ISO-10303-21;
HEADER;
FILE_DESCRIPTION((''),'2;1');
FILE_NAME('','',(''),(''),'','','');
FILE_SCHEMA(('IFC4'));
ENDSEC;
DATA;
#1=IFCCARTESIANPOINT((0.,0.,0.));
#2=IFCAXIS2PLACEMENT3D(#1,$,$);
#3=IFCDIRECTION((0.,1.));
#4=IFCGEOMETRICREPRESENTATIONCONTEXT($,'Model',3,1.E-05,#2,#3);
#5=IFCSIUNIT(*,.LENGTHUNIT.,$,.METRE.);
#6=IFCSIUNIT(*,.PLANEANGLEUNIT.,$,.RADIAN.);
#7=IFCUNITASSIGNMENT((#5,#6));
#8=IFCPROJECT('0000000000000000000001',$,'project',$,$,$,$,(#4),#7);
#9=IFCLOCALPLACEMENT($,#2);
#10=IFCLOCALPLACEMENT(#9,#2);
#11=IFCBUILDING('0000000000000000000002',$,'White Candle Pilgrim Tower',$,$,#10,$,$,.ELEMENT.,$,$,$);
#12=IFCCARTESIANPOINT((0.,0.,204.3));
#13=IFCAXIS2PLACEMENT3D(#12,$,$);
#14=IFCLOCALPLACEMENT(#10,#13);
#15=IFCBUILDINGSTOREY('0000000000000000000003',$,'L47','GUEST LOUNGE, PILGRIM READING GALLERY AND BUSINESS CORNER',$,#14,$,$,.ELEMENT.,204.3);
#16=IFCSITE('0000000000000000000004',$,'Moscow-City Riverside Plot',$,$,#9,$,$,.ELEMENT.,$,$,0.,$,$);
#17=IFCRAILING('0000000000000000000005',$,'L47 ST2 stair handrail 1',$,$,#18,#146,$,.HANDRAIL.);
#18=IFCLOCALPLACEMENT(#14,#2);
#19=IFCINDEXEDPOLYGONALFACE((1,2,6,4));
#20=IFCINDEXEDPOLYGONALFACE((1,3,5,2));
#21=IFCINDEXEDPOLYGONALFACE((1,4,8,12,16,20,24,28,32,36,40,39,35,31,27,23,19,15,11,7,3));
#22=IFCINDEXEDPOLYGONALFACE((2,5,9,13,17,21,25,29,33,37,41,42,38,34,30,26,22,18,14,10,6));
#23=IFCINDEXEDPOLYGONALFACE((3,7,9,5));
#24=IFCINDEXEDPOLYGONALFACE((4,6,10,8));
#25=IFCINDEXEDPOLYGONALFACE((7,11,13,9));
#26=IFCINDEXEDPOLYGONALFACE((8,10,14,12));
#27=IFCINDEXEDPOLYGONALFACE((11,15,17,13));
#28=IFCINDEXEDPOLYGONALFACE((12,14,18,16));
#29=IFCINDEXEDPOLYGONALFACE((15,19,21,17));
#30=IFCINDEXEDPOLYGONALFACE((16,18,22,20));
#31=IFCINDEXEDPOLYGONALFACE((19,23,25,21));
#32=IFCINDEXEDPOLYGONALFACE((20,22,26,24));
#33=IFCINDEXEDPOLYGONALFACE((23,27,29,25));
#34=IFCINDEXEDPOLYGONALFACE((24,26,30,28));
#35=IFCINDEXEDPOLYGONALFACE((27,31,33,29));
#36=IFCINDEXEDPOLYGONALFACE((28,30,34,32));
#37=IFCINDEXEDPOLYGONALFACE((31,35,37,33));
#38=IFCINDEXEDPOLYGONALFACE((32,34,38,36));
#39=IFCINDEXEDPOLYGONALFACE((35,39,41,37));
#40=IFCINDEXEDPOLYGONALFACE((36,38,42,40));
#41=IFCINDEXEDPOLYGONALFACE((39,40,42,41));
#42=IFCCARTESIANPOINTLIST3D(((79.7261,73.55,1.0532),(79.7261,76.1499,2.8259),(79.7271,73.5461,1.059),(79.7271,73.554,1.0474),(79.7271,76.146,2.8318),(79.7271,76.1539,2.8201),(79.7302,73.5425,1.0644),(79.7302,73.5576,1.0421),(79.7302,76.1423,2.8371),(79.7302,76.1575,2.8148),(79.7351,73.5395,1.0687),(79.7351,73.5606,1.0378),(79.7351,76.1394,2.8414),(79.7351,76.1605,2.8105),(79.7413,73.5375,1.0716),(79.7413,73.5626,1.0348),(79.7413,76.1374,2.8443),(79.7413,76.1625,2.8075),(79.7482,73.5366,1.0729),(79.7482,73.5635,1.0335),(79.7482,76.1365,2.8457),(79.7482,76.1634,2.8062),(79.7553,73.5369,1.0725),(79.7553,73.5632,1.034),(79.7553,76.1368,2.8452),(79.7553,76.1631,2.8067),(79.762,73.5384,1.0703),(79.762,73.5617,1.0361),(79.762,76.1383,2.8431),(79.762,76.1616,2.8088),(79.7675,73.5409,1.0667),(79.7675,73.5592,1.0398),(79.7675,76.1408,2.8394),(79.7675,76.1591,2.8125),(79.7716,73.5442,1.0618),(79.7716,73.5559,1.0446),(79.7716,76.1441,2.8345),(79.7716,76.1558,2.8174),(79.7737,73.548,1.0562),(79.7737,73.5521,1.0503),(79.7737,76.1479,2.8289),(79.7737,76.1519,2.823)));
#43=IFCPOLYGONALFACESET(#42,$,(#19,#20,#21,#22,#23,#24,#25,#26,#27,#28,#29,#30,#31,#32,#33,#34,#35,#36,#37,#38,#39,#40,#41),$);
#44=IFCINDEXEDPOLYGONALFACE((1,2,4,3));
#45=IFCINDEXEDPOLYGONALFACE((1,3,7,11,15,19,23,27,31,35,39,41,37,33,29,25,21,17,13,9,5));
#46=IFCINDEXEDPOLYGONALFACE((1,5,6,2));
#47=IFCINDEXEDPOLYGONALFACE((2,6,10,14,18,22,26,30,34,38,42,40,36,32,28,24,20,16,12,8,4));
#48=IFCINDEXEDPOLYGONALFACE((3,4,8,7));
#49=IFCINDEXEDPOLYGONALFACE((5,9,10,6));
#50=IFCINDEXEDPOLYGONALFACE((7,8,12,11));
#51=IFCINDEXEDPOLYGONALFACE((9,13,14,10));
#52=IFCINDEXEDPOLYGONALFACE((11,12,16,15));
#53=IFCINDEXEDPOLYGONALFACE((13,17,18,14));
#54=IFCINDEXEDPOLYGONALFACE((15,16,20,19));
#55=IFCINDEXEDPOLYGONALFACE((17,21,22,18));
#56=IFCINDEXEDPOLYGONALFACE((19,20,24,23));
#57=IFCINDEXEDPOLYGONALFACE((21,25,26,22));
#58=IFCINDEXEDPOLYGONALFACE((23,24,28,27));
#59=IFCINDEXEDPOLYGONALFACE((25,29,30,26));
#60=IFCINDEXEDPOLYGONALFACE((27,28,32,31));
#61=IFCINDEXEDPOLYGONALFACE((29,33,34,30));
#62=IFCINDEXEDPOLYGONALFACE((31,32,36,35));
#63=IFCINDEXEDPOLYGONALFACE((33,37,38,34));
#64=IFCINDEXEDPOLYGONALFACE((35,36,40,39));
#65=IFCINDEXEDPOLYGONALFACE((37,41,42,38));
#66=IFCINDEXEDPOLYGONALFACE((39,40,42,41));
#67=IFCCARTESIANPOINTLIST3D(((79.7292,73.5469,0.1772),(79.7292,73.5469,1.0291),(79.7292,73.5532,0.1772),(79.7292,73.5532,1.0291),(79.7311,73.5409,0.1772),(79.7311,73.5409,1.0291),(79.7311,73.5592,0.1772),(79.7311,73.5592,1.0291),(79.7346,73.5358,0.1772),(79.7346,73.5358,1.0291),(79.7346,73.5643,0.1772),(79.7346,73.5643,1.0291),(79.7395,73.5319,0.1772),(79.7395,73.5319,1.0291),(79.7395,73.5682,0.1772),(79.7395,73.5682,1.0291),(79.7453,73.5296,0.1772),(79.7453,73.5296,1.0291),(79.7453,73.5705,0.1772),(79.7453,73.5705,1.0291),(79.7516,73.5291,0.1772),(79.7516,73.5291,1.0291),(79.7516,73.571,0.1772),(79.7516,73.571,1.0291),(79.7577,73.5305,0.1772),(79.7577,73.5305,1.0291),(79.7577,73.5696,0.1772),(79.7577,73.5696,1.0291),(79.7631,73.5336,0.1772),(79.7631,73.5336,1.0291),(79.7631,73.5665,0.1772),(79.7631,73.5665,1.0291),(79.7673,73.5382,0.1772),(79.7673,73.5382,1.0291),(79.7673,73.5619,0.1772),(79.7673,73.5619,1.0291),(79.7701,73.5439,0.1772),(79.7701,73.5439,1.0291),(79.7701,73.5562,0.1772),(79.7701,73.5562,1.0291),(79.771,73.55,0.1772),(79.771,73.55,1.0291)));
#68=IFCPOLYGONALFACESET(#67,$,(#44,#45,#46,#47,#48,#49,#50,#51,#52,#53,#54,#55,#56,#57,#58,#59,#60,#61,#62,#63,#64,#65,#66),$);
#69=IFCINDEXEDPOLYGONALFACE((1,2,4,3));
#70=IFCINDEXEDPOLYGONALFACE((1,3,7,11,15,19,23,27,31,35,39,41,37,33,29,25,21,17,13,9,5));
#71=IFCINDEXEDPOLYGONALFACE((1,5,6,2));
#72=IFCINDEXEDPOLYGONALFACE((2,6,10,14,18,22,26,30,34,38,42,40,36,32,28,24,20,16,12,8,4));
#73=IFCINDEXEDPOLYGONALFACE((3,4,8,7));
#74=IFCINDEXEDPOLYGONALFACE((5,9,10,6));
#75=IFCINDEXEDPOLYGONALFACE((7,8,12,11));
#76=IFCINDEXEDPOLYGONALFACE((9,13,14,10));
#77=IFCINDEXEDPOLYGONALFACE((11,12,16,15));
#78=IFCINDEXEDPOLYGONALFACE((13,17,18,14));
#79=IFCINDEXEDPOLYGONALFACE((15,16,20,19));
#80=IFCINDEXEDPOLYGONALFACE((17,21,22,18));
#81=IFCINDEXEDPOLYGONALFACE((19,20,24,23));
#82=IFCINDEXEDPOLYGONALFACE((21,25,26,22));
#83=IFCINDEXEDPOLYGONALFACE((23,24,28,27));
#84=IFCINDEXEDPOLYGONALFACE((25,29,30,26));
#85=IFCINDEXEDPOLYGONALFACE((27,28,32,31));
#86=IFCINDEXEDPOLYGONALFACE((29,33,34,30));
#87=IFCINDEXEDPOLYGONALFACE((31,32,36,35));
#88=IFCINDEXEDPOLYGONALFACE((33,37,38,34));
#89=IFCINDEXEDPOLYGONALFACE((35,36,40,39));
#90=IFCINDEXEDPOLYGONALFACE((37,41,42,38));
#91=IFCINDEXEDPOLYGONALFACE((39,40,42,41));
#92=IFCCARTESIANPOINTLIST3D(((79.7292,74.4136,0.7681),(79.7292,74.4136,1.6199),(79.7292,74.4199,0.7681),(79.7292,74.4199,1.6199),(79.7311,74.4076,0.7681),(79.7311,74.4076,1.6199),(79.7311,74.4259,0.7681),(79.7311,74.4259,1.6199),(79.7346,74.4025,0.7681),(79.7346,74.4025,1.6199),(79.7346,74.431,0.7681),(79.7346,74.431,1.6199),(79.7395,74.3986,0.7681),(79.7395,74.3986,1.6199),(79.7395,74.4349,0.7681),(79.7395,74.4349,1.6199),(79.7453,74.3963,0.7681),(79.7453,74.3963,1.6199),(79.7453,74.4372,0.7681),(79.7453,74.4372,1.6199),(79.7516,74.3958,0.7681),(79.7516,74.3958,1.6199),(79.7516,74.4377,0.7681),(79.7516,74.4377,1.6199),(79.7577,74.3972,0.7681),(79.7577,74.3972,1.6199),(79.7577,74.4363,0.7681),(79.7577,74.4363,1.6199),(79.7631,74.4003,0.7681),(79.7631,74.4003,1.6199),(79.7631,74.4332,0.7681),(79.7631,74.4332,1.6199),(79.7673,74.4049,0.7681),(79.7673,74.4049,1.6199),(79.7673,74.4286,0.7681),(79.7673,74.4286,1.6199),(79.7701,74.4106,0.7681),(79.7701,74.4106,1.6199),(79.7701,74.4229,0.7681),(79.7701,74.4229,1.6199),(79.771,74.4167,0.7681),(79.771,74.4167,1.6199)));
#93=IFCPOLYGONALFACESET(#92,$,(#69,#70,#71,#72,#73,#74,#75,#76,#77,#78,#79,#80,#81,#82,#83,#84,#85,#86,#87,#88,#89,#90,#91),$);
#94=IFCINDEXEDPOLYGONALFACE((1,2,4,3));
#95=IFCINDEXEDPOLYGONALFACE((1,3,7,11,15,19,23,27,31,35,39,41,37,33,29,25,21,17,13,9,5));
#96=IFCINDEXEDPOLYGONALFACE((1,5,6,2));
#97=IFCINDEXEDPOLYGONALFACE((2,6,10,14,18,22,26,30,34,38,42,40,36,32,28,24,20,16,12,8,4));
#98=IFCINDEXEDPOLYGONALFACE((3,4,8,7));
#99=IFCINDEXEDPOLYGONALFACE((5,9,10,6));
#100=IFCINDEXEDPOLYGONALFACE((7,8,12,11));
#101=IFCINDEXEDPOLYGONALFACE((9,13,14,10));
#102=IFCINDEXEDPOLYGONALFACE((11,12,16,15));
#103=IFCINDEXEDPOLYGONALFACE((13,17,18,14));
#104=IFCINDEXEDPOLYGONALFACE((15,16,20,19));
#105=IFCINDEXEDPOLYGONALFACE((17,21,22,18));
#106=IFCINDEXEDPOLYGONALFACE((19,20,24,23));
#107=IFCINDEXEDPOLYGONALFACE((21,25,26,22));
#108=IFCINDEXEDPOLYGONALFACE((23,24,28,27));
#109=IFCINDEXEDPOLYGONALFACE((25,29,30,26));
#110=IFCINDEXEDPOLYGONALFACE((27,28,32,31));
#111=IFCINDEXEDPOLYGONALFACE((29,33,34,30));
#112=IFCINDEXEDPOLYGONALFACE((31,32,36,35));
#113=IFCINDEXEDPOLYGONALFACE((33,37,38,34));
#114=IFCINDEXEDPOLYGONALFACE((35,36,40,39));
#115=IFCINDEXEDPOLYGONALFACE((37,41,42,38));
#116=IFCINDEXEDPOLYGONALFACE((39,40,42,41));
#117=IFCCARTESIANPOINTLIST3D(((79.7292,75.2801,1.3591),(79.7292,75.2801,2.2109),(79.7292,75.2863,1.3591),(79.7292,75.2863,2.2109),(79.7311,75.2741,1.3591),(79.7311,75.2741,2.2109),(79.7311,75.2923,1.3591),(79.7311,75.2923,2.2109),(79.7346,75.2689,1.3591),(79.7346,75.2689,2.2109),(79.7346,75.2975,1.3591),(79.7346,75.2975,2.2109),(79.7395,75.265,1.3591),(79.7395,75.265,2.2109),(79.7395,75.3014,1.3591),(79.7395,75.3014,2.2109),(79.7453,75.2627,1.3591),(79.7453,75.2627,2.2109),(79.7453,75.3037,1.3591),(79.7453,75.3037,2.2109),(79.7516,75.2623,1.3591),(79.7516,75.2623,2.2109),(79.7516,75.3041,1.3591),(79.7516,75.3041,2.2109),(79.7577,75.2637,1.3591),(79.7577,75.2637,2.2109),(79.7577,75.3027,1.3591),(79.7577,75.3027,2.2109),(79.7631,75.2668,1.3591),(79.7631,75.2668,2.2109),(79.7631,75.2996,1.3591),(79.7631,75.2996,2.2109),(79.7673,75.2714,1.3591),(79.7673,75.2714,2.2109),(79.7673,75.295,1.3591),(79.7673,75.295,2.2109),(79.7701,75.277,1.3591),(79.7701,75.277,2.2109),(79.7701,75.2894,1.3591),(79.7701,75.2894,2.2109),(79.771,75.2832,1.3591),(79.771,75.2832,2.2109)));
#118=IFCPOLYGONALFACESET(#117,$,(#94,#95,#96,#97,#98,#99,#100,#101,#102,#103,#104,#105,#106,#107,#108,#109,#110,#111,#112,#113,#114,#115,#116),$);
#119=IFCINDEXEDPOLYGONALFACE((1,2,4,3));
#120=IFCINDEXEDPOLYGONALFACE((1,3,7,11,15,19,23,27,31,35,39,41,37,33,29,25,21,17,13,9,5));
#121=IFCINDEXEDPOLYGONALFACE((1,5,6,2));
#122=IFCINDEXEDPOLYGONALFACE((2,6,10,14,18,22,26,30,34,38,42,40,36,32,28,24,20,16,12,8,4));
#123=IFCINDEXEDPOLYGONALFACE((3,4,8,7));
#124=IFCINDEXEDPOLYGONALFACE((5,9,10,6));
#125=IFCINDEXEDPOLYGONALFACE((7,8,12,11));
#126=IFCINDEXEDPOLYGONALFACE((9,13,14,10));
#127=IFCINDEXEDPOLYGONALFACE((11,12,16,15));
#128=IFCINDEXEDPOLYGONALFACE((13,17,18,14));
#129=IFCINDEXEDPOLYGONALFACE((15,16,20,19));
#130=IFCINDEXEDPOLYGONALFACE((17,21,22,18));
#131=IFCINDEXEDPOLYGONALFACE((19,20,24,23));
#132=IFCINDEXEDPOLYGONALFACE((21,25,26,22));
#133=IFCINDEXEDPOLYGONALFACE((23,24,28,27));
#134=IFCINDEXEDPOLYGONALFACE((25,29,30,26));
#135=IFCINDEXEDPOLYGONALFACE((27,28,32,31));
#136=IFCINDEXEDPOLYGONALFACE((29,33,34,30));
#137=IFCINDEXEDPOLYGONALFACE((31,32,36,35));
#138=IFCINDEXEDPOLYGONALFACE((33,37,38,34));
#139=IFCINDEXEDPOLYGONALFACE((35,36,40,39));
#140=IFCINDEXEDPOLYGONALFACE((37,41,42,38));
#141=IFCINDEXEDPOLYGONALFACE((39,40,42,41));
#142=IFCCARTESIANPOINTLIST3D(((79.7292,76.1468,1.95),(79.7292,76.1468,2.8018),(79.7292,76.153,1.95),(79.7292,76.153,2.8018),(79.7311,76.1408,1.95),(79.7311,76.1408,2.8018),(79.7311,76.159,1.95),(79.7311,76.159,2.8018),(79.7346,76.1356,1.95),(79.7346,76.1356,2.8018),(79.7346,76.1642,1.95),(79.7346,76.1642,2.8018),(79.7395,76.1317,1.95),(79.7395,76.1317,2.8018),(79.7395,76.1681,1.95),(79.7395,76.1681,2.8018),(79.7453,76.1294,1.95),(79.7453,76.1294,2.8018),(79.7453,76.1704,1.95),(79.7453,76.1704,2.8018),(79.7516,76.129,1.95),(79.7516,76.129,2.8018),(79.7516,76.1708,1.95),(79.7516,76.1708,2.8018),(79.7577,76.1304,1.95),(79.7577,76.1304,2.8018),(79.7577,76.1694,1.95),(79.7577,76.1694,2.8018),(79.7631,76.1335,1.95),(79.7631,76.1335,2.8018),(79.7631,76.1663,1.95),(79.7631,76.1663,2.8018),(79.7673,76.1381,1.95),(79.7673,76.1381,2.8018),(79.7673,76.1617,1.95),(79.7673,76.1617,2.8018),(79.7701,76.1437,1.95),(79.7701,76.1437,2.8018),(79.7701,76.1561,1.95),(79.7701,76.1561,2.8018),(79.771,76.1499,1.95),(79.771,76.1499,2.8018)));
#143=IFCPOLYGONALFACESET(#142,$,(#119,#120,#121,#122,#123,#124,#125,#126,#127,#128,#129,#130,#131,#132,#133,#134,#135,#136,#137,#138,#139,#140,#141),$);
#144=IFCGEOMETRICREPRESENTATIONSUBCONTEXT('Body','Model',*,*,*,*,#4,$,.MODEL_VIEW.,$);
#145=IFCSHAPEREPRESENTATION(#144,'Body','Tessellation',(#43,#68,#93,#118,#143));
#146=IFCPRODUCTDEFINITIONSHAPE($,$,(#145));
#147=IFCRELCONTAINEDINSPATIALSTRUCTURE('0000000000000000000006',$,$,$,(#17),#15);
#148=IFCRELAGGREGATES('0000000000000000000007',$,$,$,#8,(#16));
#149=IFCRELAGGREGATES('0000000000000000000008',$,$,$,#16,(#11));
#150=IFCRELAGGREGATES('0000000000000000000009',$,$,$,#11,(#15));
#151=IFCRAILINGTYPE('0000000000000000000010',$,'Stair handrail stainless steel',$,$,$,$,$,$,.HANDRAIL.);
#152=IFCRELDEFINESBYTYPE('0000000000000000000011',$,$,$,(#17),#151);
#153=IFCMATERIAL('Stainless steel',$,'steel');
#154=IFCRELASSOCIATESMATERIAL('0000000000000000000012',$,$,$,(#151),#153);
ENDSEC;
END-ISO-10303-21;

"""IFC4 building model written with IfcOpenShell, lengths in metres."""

from ifc_helpers import new_model, si_unit, direction, frame, origin, origin_2d, place, context, subcontext, project, spatial, circle, extrude, material, type_object, element, save


model = new_model("IFC4")

# Units and contexts
model_context = context("Model", 3, precision=1e-05, world=origin(), true_north=direction((0.0, 1.0)))
body_context = subcontext(model_context, "Body", "Model", "MODEL_VIEW")
ifc_project = project(units=[si_unit("LENGTHUNIT", "METRE"), si_unit("PLANEANGLEUNIT", "RADIAN")], contexts=[model_context])

# Site, building, storey
site_placement = place(None, origin())
site = spatial("IfcSite", under=ifc_project, at=site_placement, Name="Moscow-City Riverside Plot", CompositionType="ELEMENT", RefElevation=0.0)
building_placement = place(site_placement, origin())
building = spatial("IfcBuilding", under=site, at=building_placement, Name="White Candle Pilgrim Tower", CompositionType="ELEMENT")
storey_placement = place(building_placement, frame((0.0, 0.0, 204.3)))
storey = spatial("IfcBuildingStorey", under=building, at=storey_placement, Name="L47", Description="GUEST LOUNGE, PILGRIM READING GALLERY AND BUSINESS CORNER", CompositionType="ELEMENT", Elevation=204.3)

# Railing
ifc_material_1 = material(Name="Stainless steel", Category="steel")
railing_type_1 = type_object("IfcRailingType", Name="Stair handrail stainless steel", PredefinedType="HANDRAIL", material=ifc_material_1)
railing_1_placement = place(storey_placement, frame((79.75, 73.55, 0.1772)))
element("IfcRailing", 1, at=railing_1_placement, inside=storey, type_object=railing_type_1, Name="L47 ST2 stair handrail 1", PredefinedType="HANDRAIL", context=body_context, shape_type="SweptSolid", body=[
    extrude(circle(Radius=0.0239, at=origin_2d()), frame((0.0, 0.0, 0.876), z_axis=(0.0, 0.826216, 0.563354), x_axis=(-1.0, 0.0, 0.0)), (0.0, 0.0, 1.0), 3.1467),
    extrude(circle(Radius=0.021, at=origin_2d()), origin(), (0.0, 0.0, 1.0), 0.8518),
    extrude(circle(Radius=0.021, at=origin_2d()), frame((0.0, 0.8667, 0.5908)), (0.0, 0.0, 1.0), 0.8518),
    extrude(circle(Radius=0.021, at=origin_2d()), frame((0.0, 1.7332, 1.1819)), (0.0, 0.0, 1.0), 0.8518),
    extrude(circle(Radius=0.021, at=origin_2d()), frame((0.0, 2.5999, 1.7727)), (0.0, 0.0, 1.0), 0.8518),
])

save(model, "model.ifc")
